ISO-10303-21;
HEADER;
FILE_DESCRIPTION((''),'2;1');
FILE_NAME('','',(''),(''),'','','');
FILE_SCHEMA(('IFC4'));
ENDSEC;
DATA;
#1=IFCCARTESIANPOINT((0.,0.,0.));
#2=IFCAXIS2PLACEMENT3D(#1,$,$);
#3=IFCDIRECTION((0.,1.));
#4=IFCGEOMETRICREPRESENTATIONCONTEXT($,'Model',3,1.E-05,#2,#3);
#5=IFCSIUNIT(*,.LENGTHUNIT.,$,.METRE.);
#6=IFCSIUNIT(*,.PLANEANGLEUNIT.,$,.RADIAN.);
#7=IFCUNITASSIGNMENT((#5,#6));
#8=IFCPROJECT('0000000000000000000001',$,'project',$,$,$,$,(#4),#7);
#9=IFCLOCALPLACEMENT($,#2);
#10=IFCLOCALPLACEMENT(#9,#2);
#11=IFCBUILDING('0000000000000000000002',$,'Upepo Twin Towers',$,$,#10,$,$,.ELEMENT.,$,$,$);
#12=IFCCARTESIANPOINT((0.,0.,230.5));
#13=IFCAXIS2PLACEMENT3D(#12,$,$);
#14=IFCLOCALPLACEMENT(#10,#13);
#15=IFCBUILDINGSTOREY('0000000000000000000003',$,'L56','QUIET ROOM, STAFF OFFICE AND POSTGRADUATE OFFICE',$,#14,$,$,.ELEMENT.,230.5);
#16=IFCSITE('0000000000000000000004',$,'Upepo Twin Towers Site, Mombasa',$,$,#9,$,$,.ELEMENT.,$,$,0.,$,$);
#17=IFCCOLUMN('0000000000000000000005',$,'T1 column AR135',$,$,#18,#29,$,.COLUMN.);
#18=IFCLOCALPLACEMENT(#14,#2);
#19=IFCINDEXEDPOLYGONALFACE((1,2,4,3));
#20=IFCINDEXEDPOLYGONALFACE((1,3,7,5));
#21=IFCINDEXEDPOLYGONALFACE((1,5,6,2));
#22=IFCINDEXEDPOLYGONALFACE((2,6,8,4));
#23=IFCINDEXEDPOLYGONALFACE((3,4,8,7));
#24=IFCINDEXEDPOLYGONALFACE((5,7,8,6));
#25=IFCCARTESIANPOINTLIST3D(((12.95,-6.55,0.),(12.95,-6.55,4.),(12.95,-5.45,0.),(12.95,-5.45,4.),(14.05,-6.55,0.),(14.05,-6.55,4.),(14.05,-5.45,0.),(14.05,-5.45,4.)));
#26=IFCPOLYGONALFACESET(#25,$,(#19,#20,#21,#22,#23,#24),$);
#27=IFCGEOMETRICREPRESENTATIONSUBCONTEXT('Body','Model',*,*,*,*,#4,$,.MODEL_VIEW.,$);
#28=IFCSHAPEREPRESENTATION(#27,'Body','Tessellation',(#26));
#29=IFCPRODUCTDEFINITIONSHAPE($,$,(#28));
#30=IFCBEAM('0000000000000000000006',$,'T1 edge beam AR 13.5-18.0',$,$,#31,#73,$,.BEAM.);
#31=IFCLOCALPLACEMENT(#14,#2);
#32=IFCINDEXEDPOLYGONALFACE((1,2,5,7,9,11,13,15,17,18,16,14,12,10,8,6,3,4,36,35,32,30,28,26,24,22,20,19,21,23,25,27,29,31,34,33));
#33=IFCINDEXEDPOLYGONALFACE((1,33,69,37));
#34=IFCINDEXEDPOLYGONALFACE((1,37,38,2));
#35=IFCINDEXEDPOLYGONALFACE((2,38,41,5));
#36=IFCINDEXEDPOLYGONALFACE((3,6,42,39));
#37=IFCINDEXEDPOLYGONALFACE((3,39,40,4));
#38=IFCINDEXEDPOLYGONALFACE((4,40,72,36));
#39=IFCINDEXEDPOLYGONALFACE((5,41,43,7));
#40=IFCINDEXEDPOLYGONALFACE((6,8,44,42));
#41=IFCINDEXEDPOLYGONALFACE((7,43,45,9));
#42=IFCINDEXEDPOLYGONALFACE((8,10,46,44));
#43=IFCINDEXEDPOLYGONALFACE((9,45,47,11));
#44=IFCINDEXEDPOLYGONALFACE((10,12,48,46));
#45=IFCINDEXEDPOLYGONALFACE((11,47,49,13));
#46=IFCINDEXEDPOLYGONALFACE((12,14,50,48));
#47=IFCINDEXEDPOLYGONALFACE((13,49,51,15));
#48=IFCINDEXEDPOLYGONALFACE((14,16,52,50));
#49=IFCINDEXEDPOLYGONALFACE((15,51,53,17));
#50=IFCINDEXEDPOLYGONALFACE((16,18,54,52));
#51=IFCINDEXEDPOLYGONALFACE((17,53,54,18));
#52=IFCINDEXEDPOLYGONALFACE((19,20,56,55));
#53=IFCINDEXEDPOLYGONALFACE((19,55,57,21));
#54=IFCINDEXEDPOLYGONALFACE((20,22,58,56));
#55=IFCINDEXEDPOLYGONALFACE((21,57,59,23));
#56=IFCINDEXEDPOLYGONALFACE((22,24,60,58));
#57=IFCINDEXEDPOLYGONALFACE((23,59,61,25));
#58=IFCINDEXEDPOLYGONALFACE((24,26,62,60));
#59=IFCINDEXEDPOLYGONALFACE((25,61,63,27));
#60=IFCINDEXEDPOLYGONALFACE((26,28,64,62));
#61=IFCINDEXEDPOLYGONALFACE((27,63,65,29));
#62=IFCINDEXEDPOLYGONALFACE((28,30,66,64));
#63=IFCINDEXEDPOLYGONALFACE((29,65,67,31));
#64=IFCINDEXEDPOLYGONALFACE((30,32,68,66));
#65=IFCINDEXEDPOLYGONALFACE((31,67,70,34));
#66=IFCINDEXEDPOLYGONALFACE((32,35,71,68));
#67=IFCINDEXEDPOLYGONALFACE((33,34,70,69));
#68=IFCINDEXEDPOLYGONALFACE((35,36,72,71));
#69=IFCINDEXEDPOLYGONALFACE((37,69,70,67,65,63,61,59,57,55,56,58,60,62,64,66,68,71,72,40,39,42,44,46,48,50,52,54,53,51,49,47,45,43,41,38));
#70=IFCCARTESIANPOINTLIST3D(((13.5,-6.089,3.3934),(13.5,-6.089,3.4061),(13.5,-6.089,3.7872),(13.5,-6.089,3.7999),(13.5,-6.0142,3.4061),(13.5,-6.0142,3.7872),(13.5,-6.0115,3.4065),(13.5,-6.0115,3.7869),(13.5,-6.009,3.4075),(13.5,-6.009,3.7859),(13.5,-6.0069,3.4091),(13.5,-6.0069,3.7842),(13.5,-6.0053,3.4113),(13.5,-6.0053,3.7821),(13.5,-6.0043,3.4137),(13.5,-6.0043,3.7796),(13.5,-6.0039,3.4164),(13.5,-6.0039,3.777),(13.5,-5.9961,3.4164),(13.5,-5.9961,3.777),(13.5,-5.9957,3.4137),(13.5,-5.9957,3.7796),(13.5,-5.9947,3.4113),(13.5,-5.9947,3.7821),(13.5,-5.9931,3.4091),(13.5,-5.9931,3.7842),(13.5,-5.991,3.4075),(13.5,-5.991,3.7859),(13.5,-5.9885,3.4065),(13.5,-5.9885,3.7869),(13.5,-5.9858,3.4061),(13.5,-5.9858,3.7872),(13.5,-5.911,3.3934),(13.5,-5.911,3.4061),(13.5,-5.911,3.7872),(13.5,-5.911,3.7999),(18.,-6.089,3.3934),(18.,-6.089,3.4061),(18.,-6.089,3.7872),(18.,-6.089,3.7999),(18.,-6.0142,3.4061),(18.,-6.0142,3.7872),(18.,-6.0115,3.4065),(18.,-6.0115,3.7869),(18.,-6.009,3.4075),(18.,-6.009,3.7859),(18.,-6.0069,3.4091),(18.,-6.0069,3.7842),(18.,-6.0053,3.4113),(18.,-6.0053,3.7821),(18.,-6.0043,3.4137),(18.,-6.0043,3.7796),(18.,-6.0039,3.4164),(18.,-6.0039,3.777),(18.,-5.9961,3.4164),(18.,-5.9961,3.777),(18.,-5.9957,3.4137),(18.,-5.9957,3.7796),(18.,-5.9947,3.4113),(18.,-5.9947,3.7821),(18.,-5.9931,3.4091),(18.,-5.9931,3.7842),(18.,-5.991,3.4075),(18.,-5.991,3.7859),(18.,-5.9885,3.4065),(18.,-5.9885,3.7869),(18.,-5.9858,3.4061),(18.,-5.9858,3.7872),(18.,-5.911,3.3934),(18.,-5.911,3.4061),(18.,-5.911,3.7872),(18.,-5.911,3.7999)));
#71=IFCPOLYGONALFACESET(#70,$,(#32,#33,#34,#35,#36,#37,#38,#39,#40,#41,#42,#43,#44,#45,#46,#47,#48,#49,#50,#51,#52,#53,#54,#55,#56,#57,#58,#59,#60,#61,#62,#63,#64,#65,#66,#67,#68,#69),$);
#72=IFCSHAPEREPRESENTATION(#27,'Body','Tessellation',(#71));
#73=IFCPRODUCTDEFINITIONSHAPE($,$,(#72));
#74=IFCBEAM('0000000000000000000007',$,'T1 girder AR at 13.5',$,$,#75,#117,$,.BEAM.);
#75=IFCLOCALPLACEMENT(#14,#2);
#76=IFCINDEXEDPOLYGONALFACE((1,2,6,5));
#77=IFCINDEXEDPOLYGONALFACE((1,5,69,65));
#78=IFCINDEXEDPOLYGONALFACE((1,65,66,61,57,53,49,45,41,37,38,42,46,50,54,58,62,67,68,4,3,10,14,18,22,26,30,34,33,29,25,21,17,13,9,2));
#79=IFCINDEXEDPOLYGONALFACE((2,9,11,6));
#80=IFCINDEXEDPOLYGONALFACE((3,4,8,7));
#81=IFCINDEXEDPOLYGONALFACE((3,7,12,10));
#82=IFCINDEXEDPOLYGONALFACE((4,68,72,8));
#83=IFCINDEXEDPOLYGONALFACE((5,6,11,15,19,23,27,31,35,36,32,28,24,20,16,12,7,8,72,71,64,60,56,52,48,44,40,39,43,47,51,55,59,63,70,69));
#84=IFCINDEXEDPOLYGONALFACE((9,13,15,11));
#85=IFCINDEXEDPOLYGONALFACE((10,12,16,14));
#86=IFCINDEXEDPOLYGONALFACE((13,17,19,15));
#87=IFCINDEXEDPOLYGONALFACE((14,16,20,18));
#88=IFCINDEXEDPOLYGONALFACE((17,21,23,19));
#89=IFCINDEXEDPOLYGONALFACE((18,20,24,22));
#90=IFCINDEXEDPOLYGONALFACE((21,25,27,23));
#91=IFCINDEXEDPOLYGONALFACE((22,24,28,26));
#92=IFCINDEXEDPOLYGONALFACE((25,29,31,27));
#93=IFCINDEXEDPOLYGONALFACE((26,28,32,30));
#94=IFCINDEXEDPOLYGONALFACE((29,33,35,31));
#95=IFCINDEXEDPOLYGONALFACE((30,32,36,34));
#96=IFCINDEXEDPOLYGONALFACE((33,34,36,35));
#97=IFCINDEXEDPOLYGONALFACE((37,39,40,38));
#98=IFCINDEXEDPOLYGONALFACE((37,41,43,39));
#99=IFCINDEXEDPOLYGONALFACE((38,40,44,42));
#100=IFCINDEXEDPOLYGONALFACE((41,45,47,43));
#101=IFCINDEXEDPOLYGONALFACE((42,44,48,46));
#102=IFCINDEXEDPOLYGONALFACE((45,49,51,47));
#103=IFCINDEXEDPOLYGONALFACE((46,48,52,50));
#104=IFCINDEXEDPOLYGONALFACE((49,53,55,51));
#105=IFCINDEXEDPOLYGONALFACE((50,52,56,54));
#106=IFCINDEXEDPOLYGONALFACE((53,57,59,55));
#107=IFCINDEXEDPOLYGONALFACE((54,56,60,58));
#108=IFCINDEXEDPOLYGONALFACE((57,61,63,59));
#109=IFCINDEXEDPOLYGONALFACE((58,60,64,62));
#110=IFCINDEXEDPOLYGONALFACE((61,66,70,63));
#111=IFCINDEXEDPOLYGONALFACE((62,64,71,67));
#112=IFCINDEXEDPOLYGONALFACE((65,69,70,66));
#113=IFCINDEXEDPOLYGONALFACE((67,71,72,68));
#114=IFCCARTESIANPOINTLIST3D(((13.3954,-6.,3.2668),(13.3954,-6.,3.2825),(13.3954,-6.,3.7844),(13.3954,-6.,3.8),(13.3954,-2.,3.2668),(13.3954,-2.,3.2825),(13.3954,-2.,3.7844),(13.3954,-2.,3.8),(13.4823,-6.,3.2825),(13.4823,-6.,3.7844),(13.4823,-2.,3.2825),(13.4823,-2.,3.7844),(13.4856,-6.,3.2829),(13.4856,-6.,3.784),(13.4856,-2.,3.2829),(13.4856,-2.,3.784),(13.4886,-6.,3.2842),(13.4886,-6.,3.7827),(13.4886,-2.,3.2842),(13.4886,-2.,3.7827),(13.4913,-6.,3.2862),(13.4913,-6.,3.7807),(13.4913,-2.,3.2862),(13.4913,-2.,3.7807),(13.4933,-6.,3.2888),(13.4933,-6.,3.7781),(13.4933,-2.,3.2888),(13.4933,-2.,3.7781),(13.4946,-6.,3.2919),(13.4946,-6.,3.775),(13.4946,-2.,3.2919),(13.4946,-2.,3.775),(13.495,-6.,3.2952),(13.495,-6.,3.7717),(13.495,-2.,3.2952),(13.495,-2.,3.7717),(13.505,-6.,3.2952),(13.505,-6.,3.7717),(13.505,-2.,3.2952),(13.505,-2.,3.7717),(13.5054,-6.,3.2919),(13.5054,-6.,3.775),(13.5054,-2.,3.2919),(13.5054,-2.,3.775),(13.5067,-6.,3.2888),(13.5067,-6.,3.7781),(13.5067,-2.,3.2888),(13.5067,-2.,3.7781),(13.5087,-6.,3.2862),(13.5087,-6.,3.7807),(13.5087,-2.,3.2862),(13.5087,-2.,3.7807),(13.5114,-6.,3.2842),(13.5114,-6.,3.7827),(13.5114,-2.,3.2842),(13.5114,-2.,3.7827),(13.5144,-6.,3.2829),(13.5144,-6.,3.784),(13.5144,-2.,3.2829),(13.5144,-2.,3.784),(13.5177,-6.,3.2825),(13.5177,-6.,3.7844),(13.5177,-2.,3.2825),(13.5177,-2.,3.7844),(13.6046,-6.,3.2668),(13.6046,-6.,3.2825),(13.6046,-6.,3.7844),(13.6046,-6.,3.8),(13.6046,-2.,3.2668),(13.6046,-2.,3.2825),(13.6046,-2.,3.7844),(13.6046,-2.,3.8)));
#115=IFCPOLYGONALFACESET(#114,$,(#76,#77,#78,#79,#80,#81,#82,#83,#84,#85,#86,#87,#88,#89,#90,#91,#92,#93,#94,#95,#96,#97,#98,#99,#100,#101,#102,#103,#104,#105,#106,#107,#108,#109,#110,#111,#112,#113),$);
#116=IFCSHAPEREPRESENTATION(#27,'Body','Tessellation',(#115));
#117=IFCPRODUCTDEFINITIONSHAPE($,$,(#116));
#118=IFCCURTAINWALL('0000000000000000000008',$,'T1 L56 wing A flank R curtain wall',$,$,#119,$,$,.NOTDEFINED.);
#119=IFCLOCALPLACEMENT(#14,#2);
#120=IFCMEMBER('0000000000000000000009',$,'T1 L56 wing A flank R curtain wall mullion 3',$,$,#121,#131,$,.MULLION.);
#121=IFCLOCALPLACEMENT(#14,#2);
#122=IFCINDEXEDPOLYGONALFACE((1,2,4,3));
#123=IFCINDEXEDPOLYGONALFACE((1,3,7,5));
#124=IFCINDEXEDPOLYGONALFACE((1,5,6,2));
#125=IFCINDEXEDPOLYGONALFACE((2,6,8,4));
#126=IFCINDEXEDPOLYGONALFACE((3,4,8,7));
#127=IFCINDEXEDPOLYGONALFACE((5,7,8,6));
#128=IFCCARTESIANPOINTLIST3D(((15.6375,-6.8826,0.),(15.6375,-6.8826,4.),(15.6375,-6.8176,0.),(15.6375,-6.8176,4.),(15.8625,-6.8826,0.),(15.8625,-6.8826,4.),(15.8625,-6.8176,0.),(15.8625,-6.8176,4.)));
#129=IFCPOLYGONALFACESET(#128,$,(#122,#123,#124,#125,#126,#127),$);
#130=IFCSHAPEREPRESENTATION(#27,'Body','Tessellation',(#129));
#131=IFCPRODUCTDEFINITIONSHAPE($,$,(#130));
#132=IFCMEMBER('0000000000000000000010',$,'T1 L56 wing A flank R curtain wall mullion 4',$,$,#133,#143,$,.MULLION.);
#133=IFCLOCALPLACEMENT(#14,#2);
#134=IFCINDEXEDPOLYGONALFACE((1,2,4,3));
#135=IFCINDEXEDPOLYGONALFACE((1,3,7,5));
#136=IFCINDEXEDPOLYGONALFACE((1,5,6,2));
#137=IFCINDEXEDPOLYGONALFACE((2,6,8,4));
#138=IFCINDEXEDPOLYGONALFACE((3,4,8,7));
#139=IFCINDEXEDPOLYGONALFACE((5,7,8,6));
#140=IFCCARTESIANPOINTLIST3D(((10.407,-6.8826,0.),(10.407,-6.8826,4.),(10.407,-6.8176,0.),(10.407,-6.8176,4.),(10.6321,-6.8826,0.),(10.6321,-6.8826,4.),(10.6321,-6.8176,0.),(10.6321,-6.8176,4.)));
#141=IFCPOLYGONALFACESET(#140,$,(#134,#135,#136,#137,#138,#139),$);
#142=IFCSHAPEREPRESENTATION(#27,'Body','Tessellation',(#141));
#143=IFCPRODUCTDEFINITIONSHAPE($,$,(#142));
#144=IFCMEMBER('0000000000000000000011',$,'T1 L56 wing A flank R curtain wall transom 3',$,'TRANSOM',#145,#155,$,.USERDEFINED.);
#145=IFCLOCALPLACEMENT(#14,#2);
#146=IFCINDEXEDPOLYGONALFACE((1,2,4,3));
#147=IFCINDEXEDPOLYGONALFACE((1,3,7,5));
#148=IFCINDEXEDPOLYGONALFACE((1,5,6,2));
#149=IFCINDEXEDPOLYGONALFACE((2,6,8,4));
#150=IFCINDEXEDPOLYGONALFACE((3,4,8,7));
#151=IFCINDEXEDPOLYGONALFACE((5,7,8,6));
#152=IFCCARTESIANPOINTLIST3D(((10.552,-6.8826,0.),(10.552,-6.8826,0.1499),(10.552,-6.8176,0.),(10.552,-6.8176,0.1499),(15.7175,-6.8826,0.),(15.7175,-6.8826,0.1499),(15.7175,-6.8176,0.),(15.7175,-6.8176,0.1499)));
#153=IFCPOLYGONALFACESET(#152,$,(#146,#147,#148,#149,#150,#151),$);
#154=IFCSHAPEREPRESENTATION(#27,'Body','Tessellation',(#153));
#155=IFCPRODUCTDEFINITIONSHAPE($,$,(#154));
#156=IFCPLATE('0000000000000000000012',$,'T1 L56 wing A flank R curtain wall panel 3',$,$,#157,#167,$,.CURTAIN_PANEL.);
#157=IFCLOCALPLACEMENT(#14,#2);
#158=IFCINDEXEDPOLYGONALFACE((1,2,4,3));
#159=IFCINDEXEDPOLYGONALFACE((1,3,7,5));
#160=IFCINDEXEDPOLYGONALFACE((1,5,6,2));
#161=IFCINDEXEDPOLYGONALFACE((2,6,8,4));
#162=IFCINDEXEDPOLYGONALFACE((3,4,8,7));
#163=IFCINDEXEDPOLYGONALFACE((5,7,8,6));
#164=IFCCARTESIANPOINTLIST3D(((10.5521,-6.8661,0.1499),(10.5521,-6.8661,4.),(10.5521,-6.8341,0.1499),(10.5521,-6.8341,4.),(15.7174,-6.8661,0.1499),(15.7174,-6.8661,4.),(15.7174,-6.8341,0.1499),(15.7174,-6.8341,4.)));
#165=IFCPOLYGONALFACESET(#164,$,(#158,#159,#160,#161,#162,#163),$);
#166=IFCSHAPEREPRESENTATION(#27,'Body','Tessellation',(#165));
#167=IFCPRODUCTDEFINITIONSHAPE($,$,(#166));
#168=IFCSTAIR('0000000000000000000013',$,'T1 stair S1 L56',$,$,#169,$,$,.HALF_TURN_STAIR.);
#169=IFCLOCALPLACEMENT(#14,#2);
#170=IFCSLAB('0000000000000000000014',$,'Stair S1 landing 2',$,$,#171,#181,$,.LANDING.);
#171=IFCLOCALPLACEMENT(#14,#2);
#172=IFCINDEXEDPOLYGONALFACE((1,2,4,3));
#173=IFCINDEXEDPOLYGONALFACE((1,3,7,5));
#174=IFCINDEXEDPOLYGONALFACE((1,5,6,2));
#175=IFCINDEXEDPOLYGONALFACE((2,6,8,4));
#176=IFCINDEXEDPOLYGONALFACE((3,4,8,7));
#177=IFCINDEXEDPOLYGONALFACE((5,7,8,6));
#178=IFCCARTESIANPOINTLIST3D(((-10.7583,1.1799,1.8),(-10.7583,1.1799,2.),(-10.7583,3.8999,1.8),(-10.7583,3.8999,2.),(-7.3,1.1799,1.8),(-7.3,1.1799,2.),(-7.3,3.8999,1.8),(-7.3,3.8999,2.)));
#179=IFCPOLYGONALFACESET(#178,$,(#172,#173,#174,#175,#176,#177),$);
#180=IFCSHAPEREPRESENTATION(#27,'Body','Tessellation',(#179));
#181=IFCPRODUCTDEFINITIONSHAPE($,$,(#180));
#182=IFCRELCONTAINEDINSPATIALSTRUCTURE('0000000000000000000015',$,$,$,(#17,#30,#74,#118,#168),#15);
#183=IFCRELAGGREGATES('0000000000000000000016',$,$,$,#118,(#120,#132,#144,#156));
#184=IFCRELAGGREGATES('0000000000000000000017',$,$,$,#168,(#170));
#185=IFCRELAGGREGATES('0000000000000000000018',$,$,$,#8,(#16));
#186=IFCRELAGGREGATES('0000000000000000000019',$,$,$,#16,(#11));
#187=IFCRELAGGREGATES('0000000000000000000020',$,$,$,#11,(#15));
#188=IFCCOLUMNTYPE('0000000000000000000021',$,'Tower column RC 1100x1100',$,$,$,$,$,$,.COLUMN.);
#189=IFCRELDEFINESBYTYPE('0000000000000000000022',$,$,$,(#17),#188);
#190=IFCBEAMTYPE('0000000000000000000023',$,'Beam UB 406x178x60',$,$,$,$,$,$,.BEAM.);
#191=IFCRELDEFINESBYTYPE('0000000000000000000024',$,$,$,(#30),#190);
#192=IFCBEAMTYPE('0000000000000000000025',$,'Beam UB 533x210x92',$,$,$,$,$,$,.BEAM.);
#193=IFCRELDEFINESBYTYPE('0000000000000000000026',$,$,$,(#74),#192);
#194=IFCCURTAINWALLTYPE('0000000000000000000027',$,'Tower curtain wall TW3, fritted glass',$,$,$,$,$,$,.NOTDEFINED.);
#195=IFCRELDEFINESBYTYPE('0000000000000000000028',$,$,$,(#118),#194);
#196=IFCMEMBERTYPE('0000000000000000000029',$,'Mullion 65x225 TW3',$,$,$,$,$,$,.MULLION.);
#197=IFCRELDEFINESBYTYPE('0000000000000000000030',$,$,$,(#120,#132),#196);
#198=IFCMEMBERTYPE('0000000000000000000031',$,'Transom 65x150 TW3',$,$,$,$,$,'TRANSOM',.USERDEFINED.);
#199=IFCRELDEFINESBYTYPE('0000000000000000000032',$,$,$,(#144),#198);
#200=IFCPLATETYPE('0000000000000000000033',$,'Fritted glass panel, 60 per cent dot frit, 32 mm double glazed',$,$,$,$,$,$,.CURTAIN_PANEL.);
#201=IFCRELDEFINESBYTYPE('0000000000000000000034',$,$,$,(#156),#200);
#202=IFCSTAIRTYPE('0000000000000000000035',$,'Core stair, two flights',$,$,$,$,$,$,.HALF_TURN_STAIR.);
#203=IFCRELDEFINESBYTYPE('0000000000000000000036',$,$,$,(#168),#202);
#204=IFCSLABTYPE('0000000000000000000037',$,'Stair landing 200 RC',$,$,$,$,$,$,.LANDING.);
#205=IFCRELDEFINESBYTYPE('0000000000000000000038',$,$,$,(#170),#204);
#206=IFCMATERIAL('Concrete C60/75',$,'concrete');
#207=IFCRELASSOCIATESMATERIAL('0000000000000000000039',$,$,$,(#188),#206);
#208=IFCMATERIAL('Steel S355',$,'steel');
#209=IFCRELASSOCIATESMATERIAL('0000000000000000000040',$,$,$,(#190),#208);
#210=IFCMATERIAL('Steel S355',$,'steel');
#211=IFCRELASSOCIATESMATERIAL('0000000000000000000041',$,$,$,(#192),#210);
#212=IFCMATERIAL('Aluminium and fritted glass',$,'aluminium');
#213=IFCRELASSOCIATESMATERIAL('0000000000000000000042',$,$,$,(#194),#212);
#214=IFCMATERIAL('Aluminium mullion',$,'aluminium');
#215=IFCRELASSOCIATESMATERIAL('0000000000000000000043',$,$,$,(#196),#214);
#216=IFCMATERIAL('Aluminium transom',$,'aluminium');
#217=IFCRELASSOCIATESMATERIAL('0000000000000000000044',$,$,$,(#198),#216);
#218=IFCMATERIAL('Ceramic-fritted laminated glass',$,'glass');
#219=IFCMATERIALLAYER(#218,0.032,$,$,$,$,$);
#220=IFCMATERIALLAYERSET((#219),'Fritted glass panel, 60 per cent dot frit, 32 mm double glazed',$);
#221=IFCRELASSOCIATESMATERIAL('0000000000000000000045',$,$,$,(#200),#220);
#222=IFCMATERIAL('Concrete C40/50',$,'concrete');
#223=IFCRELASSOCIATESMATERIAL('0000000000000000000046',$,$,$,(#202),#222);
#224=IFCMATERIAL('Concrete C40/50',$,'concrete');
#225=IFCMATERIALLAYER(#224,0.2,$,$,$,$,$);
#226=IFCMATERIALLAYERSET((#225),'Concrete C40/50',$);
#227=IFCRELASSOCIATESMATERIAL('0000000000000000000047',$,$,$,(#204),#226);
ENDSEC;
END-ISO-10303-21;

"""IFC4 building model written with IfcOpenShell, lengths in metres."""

from ifc_helpers import new_model, si_unit, direction, frame, origin, origin_2d, place, context, subcontext, project, spatial, polyline, rectangle, i_section, outline, extrude, material, layer, layer_set, material_profile, profile_set, type_object, element, aggregate, save


model = new_model("IFC4")

# Units and contexts
model_context = context("Model", 3, precision=1e-05, world=origin(), true_north=direction((0.0, 1.0)))
body_context = subcontext(model_context, "Body", "Model", "MODEL_VIEW")
ifc_project = project(units=[si_unit("LENGTHUNIT", "METRE"), si_unit("PLANEANGLEUNIT", "RADIAN")], contexts=[model_context])

# Site, building, storey
site_placement = place(None, origin())
site = spatial("IfcSite", under=ifc_project, at=site_placement, Name="Upepo Twin Towers Site, Mombasa", CompositionType="ELEMENT", RefElevation=0.0)
building_placement = place(site_placement, origin())
building = spatial("IfcBuilding", under=site, at=building_placement, Name="Upepo Twin Towers", CompositionType="ELEMENT")
storey_placement = place(building_placement, frame((0.0, 0.0, 230.5)))
storey = spatial("IfcBuildingStorey", under=building, at=storey_placement, Name="L56", Description="QUIET ROOM, STAFF OFFICE AND POSTGRADUATE OFFICE", CompositionType="ELEMENT", Elevation=230.5)

# Column
ifc_material_1 = material(Name="Concrete C60/75", Category="concrete")
ifc_material_profile_1 = material_profile(ifc_material_1, rectangle(XDim=1.1001, YDim=1.1001, at=origin_2d()), Name="RC 1100x1100")
ifc_profile_set_1 = profile_set([ifc_material_profile_1], Name="Concrete C60/75")
column_type = type_object("IfcColumnType", Name="Tower column RC 1100x1100", PredefinedType="COLUMN", material=ifc_profile_set_1)
column_placement = place(storey_placement, frame((13.5, -6.0, 0.0), z_axis=(0.0, 0.0, 1.0), x_axis=(1.0, 0.0, 0.0)))
element("IfcColumn", 1, at=column_placement, inside=storey, type_object=column_type, Name="T1 column AR135", PredefinedType="COLUMN", context=body_context, shape_type="SweptSolid", body=[
    extrude(rectangle(XDim=1.1001, YDim=1.1001, at=origin_2d()), origin(), (0.0, 0.0, 1.0), 4.0),
])

# Beams
ifc_material_2 = material(Name="Steel S355", Category="steel")
ifc_material_profile_2 = material_profile(ifc_material_2, i_section(OverallWidth=0.178, OverallDepth=0.4065, WebThickness=0.0078, FlangeThickness=0.0127, FilletRadius=0.0103, at=origin_2d()), Name="UB 406x178x60")
ifc_profile_set_2 = profile_set([ifc_material_profile_2], Name="Steel S355")
beam_type_1 = type_object("IfcBeamType", Name="Beam UB 406x178x60", PredefinedType="BEAM", material=ifc_profile_set_2)
beam_1_placement = place(storey_placement, frame((13.5, -6.0, 3.5967), z_axis=(1.0, 0.0, 0.0), x_axis=(0.0, 1.0, 0.0)))
element("IfcBeam", 2, at=beam_1_placement, inside=storey, type_object=beam_type_1, Name="T1 edge beam AR 13.5-18.0", PredefinedType="BEAM", context=body_context, shape_type="SweptSolid", body=[
    extrude(i_section(OverallWidth=0.178, OverallDepth=0.4065, WebThickness=0.0078, FlangeThickness=0.0127, FilletRadius=0.0103, at=origin_2d()), origin(), (0.0, 0.0, 1.0), 4.5),
])
ifc_material_3 = material(Name="Steel S355", Category="steel")
ifc_material_profile_3 = material_profile(ifc_material_3, i_section(OverallWidth=0.2092, OverallDepth=0.5332, WebThickness=0.01, FlangeThickness=0.0156, FilletRadius=0.0127, at=origin_2d()), Name="UB 533x210x92")
ifc_profile_set_3 = profile_set([ifc_material_profile_3], Name="Steel S355")
beam_type_2 = type_object("IfcBeamType", Name="Beam UB 533x210x92", PredefinedType="BEAM", material=ifc_profile_set_3)
beam_2_placement = place(storey_placement, frame((13.5, -6.0, 3.5334), z_axis=(0.0, 1.0, 0.0), x_axis=(-1.0, 0.0, 0.0)))
element("IfcBeam", 3, at=beam_2_placement, inside=storey, type_object=beam_type_2, Name="T1 girder AR at 13.5", PredefinedType="BEAM", context=body_context, shape_type="SweptSolid", body=[
    extrude(i_section(OverallWidth=0.2092, OverallDepth=0.5332, WebThickness=0.01, FlangeThickness=0.0156, FilletRadius=0.0127, at=origin_2d()), origin(), (0.0, 0.0, 1.0), 4.0),
])

# Curtain wall, members, plate
ifc_material_4 = material(Name="Aluminium and fritted glass", Category="aluminium")
curtain_wall_type = type_object("IfcCurtainWallType", Name="Tower curtain wall TW3, fritted glass", PredefinedType="NOTDEFINED", material=ifc_material_4)
curtain_wall_placement = place(storey_placement, origin())
curtain_wall = element("IfcCurtainWall", 4, at=curtain_wall_placement, inside=storey, type_object=curtain_wall_type, Name="T1 L56 wing A flank R curtain wall", PredefinedType="NOTDEFINED")
ifc_material_5 = material(Name="Aluminium mullion", Category="aluminium")
ifc_material_profile_4 = material_profile(ifc_material_5, rectangle(XDim=0.0649, YDim=0.2251, at=origin_2d()), Name="MULLION 65x225")
ifc_profile_set_4 = profile_set([ifc_material_profile_4], Name="Aluminium mullion")
member_type_1 = type_object("IfcMemberType", Name="Mullion 65x225 TW3", PredefinedType="MULLION", material=ifc_profile_set_4)
member_1_placement = place(storey_placement, frame((15.75, -6.8501, 0.0), z_axis=(0.0, 0.0, 1.0), x_axis=(0.0, -1.0, 0.0)))
member_1 = element("IfcMember", 5, at=member_1_placement, type_object=member_type_1, Name="T1 L56 wing A flank R curtain wall mullion 3", PredefinedType="MULLION", context=body_context, shape_type="SweptSolid", body=[
    extrude(rectangle(XDim=0.0649, YDim=0.2251, at=origin_2d()), origin(), (0.0, 0.0, 1.0), 4.0),
])
member_2_placement = place(storey_placement, frame((10.5195, -6.8501, 0.0), z_axis=(0.0, 0.0, 1.0), x_axis=(0.0, -1.0, 0.0)))
member_2 = element("IfcMember", 6, at=member_2_placement, type_object=member_type_1, Name="T1 L56 wing A flank R curtain wall mullion 4", PredefinedType="MULLION", context=body_context, shape_type="SweptSolid", body=[
    extrude(rectangle(XDim=0.0649, YDim=0.2251, at=origin_2d()), origin(), (0.0, 0.0, 1.0), 4.0),
])
ifc_material_6 = material(Name="Aluminium transom", Category="aluminium")
ifc_material_profile_5 = material_profile(ifc_material_6, rectangle(XDim=0.0649, YDim=0.1499, at=origin_2d()), Name="TRANSOM 65x150")
ifc_profile_set_5 = profile_set([ifc_material_profile_5], Name="Aluminium transom")
member_type_2 = type_object("IfcMemberType", Name="Transom 65x150 TW3", ElementType="TRANSOM", PredefinedType="USERDEFINED", material=ifc_profile_set_5)
member_3_placement = place(storey_placement, frame((15.7175, -6.8501, 0.075), z_axis=(-1.0, 0.0, 0.0), x_axis=(0.0, -1.0, 0.0)))
member_3 = element("IfcMember", 7, at=member_3_placement, type_object=member_type_2, Name="T1 L56 wing A flank R curtain wall transom 3", ObjectType="TRANSOM", PredefinedType="USERDEFINED", context=body_context, shape_type="SweptSolid", body=[
    extrude(rectangle(XDim=0.0649, YDim=0.1499, at=origin_2d()), origin(), (0.0, 0.0, 1.0), 5.1655),
])
ifc_material_7 = material(Name="Ceramic-fritted laminated glass", Category="glass")
ifc_layer_1 = layer(ifc_material_7, 0.032)
ifc_layer_set_1 = layer_set([ifc_layer_1], Name="Fritted glass panel, 60 per cent dot frit, 32 mm double glazed")
plate_type = type_object("IfcPlateType", Name="Fritted glass panel, 60 per cent dot frit, 32 mm double glazed", PredefinedType="CURTAIN_PANEL", material=ifc_layer_set_1)
plate_placement = place(storey_placement, frame((13.1348, -6.8501, 0.1499), z_axis=(0.0, 0.0, 1.0), x_axis=(-1.0, 0.0, 0.0)))
plate = element("IfcPlate", 8, at=plate_placement, type_object=plate_type, Name="T1 L56 wing A flank R curtain wall panel 3", PredefinedType="CURTAIN_PANEL", context=body_context, shape_type="SweptSolid", body=[
    extrude(rectangle(XDim=5.1653, YDim=0.032, at=origin_2d()), origin(), (0.0, 0.0, 1.0), 3.8501),
])
aggregate(curtain_wall, [member_1, member_2, member_3, plate])

# Stair, slab
ifc_material_8 = material(Name="Concrete C40/50", Category="concrete")
stair_type = type_object("IfcStairType", Name="Core stair, two flights", PredefinedType="HALF_TURN_STAIR", material=ifc_material_8)
stair_1_placement = place(storey_placement, origin())
stair_1 = element("IfcStair", 9, at=stair_1_placement, inside=storey, type_object=stair_type, Name="T1 stair S1 L56", PredefinedType="HALF_TURN_STAIR")
ifc_material_9 = material(Name="Concrete C40/50", Category="concrete")
ifc_layer_2 = layer(ifc_material_9, 0.2)
ifc_layer_set_2 = layer_set([ifc_layer_2], Name="Concrete C40/50")
slab_type = type_object("IfcSlabType", Name="Stair landing 200 RC", PredefinedType="LANDING", material=ifc_layer_set_2)
slab_1_placement = place(storey_placement, frame((0.0, 0.0, 1.8)))
slab_1 = element("IfcSlab", 10, at=slab_1_placement, type_object=slab_type, Name="Stair S1 landing 2", PredefinedType="LANDING", context=body_context, shape_type="SweptSolid", body=[
    extrude(outline(polyline([(-7.3, 3.8999), (-10.7583, 3.8999), (-10.7583, 1.1799), (-7.3, 1.1799), (-7.3, 3.8999)])), origin(), (0.0, 0.0, 1.0), 0.2),
])
aggregate(stair_1, [slab_1])

save(model, "model.ifc")
